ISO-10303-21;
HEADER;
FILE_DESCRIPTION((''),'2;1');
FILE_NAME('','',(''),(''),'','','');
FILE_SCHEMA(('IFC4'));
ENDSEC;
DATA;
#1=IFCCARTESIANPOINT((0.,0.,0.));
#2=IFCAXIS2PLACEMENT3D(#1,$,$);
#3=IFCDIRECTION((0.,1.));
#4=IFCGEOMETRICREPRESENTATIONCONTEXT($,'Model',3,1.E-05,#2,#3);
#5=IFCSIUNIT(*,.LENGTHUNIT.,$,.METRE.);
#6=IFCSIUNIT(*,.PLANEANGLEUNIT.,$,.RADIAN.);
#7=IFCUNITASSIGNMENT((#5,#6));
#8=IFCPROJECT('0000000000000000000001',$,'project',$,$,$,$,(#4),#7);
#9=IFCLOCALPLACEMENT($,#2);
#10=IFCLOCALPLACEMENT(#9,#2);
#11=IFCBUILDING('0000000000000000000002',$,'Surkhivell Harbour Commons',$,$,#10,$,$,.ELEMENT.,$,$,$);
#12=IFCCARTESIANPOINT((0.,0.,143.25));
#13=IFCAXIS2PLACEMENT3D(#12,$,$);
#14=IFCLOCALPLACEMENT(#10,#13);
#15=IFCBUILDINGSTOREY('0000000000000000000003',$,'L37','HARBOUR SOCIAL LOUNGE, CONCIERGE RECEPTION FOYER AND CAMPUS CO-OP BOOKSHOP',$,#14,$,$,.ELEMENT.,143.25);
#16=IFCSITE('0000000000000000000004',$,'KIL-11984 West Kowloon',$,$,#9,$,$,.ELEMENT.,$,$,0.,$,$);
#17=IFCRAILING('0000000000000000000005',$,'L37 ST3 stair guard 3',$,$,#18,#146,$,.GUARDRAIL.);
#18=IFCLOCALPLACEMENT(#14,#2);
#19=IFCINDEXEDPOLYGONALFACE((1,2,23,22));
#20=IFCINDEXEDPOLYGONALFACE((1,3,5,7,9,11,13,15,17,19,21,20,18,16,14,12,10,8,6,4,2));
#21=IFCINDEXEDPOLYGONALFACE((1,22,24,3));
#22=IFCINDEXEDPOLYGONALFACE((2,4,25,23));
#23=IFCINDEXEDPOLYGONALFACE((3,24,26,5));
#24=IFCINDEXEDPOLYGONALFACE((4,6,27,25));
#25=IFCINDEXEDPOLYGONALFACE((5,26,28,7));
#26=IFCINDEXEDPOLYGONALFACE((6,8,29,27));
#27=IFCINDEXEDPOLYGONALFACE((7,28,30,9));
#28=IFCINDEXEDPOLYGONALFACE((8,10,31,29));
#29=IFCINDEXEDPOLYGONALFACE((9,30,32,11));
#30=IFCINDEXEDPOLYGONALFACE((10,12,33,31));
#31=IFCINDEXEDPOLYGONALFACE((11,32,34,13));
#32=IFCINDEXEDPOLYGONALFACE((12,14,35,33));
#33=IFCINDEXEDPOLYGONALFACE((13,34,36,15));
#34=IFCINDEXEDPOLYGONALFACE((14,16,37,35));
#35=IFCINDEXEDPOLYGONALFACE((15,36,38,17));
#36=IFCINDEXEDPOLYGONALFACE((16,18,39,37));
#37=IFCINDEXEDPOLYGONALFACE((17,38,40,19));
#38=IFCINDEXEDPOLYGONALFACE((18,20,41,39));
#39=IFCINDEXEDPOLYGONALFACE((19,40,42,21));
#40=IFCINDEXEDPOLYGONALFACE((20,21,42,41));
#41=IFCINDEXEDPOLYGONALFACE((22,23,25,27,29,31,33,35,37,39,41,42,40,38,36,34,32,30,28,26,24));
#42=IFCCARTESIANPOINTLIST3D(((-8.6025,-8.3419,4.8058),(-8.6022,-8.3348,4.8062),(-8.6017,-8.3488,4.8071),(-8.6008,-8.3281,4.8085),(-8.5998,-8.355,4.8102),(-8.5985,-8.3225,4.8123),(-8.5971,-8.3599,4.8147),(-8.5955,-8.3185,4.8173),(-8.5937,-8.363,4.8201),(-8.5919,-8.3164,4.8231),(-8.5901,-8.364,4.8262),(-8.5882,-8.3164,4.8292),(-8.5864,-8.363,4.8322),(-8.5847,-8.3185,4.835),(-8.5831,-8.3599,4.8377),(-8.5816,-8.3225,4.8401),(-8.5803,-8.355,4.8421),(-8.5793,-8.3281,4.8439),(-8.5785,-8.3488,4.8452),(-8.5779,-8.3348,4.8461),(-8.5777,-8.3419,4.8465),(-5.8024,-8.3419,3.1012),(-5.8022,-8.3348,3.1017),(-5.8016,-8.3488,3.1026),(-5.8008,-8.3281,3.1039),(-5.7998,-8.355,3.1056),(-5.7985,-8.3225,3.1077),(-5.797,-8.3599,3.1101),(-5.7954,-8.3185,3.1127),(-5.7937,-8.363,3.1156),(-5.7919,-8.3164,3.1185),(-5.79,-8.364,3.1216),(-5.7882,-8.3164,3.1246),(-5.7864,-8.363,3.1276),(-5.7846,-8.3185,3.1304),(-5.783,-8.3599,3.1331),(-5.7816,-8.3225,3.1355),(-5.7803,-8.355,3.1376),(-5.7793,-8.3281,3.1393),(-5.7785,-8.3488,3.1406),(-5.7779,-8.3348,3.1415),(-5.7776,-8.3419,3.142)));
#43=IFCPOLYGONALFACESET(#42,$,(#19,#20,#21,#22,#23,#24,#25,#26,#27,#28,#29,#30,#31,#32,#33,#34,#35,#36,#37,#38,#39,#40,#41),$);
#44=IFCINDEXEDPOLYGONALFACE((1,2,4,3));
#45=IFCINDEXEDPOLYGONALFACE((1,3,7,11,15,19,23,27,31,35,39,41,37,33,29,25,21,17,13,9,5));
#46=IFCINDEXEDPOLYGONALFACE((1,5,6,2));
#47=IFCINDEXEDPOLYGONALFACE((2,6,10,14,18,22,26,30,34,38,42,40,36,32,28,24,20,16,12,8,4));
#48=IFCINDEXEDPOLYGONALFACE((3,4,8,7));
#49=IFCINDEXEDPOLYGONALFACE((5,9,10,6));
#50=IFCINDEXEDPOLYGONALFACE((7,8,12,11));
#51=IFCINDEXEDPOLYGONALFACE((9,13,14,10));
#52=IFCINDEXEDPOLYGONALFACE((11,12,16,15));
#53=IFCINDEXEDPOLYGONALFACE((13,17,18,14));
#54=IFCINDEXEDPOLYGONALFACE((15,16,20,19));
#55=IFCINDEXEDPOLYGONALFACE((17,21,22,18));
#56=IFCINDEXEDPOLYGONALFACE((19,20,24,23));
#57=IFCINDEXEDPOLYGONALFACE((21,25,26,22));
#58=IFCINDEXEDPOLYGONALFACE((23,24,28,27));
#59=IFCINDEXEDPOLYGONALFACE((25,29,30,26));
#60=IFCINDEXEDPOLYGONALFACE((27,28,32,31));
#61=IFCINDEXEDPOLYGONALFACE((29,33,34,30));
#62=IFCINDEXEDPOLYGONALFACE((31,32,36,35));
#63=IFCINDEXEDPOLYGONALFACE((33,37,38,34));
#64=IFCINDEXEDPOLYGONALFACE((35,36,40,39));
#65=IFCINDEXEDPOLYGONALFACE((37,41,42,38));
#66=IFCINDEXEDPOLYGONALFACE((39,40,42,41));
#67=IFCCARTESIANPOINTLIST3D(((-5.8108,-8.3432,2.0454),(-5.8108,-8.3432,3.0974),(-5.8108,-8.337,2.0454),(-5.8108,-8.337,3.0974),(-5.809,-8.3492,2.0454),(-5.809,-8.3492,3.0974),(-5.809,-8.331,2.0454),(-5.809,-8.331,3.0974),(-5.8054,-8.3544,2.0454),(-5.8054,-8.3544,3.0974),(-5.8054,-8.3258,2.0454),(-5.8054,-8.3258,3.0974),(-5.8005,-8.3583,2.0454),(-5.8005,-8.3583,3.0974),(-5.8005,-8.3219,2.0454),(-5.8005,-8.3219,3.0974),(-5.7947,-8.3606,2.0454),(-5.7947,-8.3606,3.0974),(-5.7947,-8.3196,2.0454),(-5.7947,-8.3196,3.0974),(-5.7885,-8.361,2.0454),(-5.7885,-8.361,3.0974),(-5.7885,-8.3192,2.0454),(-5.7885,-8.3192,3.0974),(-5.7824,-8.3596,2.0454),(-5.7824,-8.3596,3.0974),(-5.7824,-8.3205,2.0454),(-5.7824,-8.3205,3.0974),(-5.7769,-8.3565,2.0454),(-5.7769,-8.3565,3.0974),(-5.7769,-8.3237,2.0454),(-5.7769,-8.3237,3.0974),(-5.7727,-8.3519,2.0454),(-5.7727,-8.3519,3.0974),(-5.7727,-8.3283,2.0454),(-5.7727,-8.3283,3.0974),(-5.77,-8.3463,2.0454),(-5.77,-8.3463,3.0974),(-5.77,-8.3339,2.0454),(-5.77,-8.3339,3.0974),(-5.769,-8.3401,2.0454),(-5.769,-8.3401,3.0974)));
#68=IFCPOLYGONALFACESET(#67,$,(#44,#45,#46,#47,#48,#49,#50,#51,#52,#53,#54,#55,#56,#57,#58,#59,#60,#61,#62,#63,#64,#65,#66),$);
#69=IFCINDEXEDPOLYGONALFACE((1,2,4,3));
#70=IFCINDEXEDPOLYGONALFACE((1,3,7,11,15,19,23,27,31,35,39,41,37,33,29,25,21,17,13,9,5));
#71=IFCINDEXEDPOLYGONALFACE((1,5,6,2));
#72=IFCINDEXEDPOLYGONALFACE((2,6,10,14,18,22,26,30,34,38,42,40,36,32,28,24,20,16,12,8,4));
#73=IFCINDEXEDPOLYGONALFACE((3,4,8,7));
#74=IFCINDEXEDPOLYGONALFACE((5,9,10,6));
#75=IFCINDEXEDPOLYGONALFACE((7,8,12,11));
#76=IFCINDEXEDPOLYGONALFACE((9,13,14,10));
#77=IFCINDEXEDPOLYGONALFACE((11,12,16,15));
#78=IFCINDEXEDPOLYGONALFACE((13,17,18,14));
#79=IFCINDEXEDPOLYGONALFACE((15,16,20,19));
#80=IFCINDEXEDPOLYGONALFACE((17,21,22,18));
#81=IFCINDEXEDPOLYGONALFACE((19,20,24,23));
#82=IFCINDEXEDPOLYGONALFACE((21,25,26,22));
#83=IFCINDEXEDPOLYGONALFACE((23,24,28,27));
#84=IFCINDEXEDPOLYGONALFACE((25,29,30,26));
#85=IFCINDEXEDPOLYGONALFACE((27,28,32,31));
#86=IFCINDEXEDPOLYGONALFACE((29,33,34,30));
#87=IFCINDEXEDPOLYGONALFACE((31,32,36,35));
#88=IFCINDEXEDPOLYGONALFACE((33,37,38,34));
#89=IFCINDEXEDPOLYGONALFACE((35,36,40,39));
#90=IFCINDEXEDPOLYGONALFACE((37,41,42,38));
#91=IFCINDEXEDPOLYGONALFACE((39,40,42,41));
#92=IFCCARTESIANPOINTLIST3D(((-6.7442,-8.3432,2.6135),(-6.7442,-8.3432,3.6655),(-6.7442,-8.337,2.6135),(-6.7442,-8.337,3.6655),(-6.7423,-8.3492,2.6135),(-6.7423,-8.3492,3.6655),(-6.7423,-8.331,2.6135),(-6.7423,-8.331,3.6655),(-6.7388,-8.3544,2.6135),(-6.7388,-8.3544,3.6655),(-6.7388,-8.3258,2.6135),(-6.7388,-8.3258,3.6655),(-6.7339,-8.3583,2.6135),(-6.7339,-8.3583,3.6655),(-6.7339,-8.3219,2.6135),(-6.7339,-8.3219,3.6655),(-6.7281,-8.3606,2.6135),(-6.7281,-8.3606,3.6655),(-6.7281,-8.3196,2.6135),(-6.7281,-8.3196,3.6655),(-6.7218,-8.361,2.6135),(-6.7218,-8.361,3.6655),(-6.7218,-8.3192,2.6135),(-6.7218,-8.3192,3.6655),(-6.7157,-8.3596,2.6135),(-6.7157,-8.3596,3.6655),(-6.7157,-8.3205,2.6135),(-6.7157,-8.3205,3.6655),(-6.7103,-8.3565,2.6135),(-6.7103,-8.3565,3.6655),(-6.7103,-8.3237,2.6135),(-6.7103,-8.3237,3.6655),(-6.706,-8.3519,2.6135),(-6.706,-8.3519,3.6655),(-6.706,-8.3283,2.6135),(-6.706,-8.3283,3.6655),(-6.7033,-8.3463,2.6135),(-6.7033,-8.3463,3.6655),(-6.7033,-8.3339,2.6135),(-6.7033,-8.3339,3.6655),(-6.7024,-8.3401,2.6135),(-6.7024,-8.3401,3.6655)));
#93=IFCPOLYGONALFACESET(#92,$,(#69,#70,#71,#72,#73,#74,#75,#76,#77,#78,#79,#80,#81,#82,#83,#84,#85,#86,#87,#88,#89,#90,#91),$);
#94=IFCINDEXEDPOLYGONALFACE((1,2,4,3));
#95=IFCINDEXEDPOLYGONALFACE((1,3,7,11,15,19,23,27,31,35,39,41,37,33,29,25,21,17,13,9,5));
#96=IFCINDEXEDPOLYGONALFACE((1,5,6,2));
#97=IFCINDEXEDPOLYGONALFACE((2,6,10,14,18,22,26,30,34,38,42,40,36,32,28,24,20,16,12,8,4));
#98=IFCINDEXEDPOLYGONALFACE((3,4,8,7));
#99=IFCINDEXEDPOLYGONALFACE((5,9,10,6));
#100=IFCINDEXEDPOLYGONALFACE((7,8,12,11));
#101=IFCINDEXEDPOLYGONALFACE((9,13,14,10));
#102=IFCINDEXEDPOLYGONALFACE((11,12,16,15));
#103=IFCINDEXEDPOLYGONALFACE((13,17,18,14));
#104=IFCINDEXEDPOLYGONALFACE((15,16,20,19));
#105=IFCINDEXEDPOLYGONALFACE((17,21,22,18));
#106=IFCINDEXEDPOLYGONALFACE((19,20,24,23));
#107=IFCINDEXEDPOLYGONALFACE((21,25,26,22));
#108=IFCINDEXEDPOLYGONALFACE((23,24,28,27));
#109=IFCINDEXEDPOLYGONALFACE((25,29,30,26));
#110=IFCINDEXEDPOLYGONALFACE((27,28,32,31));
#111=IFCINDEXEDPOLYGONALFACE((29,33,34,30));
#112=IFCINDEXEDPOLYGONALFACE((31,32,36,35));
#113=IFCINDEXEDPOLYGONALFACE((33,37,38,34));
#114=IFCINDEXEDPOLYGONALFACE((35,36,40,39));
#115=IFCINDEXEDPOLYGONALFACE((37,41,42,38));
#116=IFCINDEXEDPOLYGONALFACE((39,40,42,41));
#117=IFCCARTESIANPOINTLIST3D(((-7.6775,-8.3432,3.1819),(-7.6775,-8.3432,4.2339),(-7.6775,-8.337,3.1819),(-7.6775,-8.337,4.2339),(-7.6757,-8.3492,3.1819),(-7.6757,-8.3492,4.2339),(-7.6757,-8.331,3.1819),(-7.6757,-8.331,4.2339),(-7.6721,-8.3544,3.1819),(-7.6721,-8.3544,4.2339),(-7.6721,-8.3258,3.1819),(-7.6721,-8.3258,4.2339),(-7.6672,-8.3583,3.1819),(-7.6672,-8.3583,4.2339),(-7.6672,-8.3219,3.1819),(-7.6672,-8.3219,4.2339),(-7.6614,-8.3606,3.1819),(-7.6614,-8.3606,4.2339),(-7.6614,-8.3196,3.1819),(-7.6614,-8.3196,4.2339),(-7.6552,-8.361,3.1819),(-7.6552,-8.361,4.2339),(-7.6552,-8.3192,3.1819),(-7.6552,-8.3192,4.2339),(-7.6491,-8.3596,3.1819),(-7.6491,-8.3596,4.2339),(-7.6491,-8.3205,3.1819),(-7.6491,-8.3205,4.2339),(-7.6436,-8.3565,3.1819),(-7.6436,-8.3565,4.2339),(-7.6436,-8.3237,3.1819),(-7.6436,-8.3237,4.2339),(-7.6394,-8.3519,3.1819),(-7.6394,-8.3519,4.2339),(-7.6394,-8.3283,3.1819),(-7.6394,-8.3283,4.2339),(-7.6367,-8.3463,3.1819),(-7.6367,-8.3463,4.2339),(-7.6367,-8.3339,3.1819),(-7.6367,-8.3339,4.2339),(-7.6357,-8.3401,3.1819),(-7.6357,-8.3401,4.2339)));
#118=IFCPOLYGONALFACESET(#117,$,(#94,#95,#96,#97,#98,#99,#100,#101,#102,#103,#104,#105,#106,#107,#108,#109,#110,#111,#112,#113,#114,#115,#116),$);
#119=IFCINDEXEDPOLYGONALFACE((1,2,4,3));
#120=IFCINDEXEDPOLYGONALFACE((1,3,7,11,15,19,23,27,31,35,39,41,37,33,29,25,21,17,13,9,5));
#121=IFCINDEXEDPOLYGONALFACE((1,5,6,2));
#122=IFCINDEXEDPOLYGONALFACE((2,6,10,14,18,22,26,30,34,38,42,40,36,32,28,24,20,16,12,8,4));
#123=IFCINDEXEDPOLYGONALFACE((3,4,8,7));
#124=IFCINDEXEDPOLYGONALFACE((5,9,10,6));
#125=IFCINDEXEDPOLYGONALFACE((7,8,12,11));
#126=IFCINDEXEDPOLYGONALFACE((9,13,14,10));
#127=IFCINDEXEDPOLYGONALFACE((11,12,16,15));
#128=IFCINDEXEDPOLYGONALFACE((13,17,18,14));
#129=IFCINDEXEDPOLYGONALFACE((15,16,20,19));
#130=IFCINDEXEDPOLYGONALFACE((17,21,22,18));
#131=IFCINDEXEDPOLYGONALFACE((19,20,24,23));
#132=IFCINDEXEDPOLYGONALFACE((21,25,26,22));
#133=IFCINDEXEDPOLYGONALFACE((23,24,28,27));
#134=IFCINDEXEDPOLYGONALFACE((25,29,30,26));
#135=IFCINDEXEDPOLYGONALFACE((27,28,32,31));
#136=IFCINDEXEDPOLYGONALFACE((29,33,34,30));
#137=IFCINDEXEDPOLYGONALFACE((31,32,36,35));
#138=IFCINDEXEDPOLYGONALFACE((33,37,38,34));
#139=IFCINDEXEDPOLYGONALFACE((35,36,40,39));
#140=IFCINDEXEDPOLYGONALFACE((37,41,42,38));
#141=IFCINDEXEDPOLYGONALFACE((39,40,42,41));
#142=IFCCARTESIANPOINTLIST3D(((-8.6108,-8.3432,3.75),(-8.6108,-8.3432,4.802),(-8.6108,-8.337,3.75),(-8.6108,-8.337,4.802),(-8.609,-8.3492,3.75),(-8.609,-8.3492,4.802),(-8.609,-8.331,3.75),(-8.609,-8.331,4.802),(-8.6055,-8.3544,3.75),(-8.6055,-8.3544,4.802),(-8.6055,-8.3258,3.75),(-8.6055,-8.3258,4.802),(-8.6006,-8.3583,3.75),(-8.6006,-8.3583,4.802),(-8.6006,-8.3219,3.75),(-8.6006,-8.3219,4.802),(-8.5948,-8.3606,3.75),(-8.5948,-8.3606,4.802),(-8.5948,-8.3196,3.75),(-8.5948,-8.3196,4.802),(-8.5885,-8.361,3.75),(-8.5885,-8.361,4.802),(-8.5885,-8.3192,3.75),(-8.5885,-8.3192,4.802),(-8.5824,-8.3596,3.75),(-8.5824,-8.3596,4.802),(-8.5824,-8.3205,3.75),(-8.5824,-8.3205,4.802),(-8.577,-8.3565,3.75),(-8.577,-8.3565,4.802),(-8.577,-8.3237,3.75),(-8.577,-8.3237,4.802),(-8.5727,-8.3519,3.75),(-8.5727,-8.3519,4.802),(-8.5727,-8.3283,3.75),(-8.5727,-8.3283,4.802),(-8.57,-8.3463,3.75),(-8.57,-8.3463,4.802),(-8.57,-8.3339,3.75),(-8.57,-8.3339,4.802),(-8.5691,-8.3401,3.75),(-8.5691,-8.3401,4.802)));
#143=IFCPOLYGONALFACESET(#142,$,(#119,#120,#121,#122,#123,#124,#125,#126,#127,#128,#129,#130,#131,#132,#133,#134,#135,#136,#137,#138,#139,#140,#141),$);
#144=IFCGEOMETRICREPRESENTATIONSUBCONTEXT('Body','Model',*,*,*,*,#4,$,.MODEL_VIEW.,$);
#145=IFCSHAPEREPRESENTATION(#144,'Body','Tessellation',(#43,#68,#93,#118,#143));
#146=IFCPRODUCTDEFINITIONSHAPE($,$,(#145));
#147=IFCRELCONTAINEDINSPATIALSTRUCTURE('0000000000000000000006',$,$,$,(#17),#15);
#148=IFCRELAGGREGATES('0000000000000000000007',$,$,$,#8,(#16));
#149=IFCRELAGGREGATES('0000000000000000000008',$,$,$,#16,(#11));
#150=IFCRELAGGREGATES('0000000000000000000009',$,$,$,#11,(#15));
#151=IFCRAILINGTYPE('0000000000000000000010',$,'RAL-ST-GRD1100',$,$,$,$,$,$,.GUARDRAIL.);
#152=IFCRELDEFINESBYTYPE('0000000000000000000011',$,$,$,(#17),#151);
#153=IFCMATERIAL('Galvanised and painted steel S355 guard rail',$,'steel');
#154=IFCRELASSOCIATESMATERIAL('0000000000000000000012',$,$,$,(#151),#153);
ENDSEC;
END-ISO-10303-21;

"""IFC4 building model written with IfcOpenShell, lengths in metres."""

from ifc_helpers import new_model, si_unit, direction, frame, origin, origin_2d, place, context, subcontext, project, spatial, circle, extrude, material, type_object, element, save


model = new_model("IFC4")

# Units and contexts
model_context = context("Model", 3, precision=1e-05, world=origin(), true_north=direction((0.0, 1.0)))
body_context = subcontext(model_context, "Body", "Model", "MODEL_VIEW")
ifc_project = project(units=[si_unit("LENGTHUNIT", "METRE"), si_unit("PLANEANGLEUNIT", "RADIAN")], contexts=[model_context])

# Site, building, storey
site_placement = place(None, origin())
site = spatial("IfcSite", under=ifc_project, at=site_placement, Name="KIL-11984 West Kowloon", CompositionType="ELEMENT", RefElevation=0.0)
building_placement = place(site_placement, origin())
building = spatial("IfcBuilding", under=site, at=building_placement, Name="Surkhivell Harbour Commons", CompositionType="ELEMENT")
storey_placement = place(building_placement, frame((0.0, 0.0, 143.25)))
storey = spatial("IfcBuildingStorey", under=building, at=storey_placement, Name="L37", Description="HARBOUR SOCIAL LOUNGE, CONCIERGE RECEPTION FOYER AND CAMPUS CO-OP BOOKSHOP", CompositionType="ELEMENT", Elevation=143.25)

# Railing
ifc_material_1 = material(Name="Galvanised and painted steel S355 guard rail", Category="steel")
railing_type_1 = type_object("IfcRailingType", Name="RAL-ST-GRD1100", PredefinedType="GUARDRAIL", material=ifc_material_1)
railing_1_placement = place(storey_placement, frame((-5.79, -8.3401, 2.0454)))
element("IfcRailing", 1, at=railing_1_placement, inside=storey, type_object=railing_type_1, Name="L37 ST3 stair guard 3", PredefinedType="GUARDRAIL", context=body_context, shape_type="SweptSolid", body=[
    extrude(circle(Radius=0.0239, at=origin_2d()), frame((0.0, 0.0, 1.0762), z_axis=(-0.85417, 0.0, 0.519994), x_axis=(0.0, -1.0, 0.0)), (0.0, 0.0, 1.0), 3.2781),
    extrude(circle(Radius=0.021, at=origin_2d()), origin(), (0.0, 0.0, 1.0), 1.052),
    extrude(circle(Radius=0.021, at=origin_2d()), frame((-0.9333, 0.0, 0.5681)), (0.0, 0.0, 1.0), 1.052),
    extrude(circle(Radius=0.021, at=origin_2d()), frame((-1.8667, 0.0, 1.1365)), (0.0, 0.0, 1.0), 1.052),
    extrude(circle(Radius=0.021, at=origin_2d()), frame((-2.8, 0.0, 1.7046)), (0.0, 0.0, 1.0), 1.052),
])

save(model, "model.ifc")
